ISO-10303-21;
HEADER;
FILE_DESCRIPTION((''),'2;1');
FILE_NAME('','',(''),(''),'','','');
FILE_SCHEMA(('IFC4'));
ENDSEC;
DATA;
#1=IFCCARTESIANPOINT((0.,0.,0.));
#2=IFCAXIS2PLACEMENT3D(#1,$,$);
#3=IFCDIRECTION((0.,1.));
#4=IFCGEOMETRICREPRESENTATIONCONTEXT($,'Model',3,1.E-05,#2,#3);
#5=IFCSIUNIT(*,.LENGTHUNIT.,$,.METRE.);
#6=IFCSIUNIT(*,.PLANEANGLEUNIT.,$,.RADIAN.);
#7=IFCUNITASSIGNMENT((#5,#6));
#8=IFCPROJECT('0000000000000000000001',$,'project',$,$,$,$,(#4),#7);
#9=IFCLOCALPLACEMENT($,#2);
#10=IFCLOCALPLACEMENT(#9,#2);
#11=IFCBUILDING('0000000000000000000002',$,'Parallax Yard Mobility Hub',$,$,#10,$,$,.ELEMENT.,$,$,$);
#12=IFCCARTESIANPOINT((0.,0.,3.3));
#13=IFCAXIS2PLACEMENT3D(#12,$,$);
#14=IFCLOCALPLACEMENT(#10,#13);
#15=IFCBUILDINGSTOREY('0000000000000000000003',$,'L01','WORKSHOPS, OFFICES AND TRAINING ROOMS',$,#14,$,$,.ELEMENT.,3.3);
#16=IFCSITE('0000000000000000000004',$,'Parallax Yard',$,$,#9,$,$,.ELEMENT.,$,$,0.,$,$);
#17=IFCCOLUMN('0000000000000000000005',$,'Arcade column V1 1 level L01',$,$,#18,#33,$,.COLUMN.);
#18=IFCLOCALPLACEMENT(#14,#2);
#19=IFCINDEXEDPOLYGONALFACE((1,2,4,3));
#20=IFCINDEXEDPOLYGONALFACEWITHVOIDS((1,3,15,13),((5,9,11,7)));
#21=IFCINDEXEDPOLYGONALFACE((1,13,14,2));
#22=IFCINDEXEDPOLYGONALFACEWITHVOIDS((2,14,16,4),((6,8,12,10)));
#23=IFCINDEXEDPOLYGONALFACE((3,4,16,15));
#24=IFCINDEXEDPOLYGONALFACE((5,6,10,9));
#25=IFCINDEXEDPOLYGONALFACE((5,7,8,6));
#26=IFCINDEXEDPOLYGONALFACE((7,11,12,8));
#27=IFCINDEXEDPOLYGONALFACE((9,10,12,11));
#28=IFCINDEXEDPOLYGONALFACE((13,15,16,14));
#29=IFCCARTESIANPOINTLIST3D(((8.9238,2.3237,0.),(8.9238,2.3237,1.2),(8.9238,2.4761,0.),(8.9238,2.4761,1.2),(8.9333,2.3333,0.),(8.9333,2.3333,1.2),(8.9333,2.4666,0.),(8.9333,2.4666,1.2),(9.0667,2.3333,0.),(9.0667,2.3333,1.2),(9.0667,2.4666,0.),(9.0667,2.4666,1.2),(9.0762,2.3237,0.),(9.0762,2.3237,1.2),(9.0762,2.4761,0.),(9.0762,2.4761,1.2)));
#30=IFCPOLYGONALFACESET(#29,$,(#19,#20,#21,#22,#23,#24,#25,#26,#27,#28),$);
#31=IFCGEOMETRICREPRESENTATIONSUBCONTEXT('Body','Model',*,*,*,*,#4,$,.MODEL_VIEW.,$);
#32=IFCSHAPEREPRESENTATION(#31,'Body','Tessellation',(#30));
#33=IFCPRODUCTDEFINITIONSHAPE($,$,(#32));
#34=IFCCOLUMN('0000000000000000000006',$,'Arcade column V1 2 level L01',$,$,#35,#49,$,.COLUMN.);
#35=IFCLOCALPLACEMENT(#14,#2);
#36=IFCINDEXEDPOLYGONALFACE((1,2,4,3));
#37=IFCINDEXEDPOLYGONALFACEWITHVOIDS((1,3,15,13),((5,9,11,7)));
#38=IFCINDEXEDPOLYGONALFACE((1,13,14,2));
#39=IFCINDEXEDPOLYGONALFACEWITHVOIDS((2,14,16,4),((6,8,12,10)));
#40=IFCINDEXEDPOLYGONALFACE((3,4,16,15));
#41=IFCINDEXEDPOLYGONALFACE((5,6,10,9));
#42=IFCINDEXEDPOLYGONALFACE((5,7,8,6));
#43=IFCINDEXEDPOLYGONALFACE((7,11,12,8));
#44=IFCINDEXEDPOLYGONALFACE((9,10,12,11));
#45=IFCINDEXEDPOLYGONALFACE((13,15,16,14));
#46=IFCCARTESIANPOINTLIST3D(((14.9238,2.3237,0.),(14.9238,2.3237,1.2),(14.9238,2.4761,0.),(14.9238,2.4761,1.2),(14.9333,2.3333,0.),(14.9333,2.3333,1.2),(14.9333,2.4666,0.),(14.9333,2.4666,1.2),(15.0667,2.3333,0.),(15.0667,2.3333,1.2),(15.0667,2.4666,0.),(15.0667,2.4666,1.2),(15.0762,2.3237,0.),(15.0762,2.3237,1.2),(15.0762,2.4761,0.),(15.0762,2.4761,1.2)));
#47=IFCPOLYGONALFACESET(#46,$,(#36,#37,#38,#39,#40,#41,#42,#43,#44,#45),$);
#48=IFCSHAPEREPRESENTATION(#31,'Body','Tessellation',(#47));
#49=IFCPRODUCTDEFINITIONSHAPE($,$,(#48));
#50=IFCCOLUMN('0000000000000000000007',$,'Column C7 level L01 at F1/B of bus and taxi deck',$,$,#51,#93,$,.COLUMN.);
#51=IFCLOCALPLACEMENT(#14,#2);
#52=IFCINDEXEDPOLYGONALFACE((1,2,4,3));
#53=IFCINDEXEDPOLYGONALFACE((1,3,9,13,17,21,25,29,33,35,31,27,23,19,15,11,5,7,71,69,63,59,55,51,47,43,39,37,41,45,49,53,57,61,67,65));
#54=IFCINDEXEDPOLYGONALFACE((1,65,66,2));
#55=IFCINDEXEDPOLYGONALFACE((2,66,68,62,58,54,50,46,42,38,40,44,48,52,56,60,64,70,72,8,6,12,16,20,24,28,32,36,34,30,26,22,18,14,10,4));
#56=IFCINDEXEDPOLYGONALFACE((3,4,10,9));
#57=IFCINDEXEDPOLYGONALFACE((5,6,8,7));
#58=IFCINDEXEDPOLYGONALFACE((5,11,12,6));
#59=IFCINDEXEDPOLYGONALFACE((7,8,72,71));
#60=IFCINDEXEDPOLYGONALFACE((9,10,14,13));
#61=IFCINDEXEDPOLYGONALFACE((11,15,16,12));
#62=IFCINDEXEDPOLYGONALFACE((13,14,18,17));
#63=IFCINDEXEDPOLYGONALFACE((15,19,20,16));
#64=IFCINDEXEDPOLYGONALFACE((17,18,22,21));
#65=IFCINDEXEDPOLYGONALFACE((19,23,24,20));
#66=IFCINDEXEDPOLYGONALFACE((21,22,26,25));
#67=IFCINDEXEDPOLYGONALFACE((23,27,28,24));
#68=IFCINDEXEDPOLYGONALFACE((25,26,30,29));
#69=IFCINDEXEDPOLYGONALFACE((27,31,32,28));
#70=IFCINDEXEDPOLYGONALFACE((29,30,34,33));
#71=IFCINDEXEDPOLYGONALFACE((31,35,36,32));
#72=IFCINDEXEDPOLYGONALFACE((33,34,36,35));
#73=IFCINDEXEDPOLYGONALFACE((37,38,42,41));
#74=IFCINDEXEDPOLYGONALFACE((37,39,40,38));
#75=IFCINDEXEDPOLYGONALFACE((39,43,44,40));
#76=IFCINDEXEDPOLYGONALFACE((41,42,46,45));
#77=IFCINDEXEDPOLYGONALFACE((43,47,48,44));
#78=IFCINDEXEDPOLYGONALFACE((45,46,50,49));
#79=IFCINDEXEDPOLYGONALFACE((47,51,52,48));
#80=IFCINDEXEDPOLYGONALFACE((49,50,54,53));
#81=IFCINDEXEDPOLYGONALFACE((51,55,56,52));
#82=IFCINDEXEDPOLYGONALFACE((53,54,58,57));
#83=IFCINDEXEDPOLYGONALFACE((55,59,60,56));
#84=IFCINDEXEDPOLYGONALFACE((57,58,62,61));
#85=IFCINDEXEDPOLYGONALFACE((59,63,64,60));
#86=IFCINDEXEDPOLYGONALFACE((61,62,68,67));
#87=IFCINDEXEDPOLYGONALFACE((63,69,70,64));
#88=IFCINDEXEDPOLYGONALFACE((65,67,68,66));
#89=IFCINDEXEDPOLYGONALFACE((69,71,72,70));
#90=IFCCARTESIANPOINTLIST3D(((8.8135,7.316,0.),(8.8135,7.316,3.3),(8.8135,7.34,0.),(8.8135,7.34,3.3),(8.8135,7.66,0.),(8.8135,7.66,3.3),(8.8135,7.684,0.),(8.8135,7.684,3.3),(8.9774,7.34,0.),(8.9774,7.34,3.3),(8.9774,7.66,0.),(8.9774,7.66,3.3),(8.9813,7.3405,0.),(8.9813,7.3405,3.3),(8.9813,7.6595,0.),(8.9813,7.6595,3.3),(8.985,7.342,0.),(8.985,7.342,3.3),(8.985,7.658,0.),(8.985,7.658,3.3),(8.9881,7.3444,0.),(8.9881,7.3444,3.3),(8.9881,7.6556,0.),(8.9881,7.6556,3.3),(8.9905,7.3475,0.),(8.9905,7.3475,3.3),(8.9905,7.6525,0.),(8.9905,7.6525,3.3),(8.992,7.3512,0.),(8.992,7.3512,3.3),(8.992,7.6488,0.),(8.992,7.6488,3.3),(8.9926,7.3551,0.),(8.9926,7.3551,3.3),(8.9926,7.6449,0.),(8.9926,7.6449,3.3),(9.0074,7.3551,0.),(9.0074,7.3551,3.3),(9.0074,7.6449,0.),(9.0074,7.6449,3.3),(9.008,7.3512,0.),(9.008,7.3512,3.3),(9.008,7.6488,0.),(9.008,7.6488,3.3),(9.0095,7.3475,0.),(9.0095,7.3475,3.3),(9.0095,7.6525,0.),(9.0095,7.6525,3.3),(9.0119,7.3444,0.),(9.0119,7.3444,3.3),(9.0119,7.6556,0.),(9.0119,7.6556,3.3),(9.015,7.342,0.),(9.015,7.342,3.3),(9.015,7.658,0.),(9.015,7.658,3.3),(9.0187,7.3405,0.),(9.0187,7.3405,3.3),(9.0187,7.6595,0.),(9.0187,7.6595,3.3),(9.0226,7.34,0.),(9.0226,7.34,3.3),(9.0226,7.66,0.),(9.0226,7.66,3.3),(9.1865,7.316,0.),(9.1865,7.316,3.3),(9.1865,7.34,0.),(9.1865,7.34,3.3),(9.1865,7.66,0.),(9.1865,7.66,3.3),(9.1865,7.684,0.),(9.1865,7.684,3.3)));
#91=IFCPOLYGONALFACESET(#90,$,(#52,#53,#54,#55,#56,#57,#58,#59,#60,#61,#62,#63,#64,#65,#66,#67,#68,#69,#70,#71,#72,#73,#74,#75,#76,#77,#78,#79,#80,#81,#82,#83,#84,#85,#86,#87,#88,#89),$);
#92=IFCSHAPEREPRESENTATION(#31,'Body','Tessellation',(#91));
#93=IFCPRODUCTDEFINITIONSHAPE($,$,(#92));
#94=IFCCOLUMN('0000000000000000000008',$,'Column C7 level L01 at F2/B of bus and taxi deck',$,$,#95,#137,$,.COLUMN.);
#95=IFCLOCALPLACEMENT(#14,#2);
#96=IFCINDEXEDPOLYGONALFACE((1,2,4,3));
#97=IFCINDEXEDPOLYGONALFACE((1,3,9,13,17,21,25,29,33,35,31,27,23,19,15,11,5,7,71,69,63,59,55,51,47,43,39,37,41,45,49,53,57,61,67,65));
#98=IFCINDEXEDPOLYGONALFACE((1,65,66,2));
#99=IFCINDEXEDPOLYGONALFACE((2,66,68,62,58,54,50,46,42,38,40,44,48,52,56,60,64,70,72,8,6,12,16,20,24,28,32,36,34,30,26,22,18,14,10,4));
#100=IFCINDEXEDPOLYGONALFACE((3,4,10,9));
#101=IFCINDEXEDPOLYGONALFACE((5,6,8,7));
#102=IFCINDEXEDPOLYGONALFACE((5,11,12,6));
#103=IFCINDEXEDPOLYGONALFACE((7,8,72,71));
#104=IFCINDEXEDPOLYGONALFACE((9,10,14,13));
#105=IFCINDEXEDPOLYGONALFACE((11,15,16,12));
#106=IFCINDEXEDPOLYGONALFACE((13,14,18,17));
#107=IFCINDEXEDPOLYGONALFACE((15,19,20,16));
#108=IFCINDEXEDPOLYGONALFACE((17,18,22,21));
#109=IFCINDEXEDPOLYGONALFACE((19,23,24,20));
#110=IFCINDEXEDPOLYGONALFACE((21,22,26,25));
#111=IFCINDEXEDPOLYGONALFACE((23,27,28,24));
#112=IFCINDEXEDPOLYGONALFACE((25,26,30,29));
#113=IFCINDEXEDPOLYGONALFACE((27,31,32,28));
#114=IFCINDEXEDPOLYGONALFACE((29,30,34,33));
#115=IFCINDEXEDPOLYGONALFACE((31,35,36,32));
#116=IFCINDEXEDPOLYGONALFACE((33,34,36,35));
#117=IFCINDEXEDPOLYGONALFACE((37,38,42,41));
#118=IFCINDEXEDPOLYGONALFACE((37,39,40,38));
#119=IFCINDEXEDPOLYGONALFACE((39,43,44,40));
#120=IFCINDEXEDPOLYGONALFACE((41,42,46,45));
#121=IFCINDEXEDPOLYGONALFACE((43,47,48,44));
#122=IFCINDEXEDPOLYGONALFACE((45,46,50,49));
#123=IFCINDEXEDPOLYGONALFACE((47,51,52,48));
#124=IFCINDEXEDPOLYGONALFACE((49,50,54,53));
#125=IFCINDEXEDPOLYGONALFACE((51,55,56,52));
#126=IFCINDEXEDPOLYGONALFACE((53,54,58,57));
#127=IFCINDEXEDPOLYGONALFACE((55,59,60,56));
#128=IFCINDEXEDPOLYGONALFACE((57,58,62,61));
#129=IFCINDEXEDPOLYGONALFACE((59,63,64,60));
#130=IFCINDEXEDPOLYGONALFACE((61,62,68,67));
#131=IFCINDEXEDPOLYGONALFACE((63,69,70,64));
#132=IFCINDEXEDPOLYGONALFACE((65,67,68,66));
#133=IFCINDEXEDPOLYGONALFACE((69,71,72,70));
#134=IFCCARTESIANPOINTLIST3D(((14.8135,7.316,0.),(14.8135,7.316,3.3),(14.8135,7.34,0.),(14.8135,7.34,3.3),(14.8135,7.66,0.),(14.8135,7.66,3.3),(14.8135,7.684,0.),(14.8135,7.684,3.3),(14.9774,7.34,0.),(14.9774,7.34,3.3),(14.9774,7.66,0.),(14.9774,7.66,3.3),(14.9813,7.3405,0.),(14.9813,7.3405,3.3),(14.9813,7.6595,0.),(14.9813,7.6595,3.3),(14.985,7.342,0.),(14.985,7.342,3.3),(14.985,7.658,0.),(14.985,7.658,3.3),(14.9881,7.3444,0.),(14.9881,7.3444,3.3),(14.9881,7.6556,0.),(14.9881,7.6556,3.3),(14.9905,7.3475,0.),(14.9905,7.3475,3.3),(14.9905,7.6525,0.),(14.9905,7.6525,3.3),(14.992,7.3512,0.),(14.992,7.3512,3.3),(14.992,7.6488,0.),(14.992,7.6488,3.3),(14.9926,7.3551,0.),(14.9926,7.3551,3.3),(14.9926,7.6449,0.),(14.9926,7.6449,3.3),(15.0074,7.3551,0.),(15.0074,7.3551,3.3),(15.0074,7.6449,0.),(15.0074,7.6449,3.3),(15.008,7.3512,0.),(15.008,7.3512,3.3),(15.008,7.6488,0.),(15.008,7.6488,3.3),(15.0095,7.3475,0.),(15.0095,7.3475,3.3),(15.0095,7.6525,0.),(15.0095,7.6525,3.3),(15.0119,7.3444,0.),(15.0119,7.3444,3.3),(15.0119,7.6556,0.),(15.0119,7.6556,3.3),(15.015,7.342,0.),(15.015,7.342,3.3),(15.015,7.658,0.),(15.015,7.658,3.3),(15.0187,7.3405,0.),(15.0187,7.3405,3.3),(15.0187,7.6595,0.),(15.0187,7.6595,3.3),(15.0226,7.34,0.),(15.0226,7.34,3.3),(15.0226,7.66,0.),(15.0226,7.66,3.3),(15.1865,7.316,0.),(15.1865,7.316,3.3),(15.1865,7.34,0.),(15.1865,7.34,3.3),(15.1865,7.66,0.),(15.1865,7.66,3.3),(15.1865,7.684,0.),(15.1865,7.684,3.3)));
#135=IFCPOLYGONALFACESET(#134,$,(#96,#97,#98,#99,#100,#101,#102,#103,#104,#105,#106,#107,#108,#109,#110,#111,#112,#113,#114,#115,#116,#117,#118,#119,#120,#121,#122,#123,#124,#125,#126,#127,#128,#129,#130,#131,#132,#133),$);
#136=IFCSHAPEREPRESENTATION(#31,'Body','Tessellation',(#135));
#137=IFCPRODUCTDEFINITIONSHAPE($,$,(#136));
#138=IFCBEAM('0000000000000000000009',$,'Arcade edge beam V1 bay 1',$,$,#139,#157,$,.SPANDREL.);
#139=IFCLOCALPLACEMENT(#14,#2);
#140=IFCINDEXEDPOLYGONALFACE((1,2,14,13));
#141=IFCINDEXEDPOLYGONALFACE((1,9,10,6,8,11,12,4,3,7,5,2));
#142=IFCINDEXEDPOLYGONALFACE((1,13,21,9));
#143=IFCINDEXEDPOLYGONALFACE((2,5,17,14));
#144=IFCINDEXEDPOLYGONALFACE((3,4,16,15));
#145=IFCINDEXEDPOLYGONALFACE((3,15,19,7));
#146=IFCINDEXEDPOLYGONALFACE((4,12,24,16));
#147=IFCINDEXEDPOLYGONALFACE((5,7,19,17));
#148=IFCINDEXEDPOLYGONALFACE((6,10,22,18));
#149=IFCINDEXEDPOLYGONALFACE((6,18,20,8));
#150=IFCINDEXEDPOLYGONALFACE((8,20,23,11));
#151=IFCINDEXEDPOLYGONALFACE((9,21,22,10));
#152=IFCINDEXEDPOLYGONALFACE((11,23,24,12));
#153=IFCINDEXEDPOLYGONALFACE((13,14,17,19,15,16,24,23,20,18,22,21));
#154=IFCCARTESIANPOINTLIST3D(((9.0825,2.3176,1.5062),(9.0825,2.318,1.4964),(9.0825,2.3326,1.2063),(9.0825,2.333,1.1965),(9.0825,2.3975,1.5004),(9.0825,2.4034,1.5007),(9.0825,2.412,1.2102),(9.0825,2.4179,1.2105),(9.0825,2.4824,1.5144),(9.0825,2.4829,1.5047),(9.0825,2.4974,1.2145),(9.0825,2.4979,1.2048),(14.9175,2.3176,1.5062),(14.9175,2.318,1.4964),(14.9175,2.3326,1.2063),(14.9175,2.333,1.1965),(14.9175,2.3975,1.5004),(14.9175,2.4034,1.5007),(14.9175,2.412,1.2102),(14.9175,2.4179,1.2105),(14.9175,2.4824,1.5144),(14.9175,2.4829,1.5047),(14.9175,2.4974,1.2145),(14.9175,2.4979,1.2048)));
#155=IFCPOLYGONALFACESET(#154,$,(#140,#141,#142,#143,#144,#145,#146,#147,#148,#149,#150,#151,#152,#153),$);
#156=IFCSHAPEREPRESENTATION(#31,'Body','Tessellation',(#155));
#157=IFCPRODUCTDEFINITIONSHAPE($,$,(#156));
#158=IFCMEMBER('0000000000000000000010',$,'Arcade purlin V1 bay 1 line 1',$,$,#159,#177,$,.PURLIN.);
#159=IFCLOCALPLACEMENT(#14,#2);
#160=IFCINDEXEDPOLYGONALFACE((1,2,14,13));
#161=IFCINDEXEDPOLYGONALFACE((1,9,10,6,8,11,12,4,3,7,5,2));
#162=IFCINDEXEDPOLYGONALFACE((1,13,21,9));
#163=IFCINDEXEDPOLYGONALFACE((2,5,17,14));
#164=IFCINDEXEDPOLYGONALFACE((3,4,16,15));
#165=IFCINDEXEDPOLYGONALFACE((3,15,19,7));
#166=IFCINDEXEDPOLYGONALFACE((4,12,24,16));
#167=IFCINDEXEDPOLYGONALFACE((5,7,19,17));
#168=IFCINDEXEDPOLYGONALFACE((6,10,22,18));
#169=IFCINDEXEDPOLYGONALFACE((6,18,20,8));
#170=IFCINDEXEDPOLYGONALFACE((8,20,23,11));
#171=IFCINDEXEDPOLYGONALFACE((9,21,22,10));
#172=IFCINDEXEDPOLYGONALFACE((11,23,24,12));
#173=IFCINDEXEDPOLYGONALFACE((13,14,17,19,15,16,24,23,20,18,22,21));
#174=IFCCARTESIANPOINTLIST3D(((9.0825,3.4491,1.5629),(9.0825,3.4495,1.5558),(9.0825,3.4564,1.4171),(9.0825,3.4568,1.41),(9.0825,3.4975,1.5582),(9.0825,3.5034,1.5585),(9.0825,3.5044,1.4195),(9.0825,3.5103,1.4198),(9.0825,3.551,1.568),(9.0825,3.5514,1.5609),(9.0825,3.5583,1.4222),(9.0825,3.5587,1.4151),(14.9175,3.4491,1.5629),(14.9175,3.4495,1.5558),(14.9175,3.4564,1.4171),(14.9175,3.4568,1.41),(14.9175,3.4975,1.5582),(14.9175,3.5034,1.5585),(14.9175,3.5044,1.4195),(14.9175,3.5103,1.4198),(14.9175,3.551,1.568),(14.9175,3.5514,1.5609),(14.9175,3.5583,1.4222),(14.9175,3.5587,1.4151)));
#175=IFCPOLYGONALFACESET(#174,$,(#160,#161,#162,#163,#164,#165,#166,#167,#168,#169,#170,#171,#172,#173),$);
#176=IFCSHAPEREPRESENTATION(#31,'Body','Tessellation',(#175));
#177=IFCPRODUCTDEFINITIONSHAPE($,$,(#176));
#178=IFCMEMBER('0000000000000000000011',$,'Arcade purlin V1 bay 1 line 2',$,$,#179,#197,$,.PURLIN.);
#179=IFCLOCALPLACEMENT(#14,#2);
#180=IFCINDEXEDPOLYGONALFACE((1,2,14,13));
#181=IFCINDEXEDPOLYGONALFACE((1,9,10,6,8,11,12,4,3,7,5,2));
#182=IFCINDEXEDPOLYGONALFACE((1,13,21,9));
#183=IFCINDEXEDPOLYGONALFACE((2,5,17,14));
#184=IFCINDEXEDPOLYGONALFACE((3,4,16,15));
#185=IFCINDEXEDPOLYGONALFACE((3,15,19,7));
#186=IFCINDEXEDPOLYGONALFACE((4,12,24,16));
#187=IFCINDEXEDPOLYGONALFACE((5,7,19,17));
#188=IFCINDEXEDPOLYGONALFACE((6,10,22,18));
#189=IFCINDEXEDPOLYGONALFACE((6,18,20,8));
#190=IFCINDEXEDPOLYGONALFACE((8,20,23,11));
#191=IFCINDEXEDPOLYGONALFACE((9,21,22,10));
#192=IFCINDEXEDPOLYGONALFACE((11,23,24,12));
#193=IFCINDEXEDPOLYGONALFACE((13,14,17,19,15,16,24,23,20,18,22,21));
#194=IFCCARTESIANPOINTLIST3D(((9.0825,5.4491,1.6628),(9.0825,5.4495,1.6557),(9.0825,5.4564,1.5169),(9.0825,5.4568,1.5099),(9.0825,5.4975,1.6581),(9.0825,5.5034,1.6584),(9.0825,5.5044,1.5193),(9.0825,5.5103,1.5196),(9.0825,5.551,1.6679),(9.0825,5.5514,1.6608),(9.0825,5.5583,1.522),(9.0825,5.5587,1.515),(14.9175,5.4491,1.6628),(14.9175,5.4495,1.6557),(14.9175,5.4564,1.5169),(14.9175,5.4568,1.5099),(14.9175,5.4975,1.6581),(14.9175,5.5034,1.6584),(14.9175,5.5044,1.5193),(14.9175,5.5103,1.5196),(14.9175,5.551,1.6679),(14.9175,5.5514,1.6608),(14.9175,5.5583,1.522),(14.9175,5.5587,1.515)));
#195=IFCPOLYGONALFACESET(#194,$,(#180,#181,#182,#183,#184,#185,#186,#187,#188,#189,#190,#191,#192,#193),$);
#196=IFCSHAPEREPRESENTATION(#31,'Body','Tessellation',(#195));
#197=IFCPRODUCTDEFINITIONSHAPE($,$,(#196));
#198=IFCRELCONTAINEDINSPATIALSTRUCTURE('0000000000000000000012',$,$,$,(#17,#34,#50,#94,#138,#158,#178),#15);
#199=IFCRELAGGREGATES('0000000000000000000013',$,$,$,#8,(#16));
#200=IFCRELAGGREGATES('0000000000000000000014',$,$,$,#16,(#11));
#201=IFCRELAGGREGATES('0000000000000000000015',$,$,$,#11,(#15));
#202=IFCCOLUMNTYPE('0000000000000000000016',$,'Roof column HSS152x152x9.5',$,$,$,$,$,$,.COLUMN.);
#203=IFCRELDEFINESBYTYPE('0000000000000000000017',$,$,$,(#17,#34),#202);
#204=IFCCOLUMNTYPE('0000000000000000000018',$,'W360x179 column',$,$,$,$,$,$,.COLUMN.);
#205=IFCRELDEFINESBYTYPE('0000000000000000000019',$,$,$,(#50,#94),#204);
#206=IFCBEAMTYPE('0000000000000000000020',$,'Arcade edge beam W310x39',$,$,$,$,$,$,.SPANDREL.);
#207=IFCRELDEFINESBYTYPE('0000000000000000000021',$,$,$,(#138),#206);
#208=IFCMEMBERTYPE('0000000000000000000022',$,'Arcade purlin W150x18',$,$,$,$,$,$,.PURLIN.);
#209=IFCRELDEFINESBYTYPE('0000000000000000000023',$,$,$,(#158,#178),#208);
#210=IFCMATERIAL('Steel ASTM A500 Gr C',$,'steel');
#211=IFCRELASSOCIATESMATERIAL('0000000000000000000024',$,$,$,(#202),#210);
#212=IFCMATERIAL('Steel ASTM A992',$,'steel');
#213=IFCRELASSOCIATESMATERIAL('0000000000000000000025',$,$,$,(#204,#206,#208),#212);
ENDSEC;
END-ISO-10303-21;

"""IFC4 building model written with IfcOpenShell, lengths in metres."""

from ifc_helpers import new_model, si_unit, direction, frame, origin, origin_2d, place, context, subcontext, project, spatial, hollow_rectangle, i_section, extrude, material, material_profile, profile_set, type_object, element, save


model = new_model("IFC4")

# Units and contexts
model_context = context("Model", 3, precision=1e-05, world=origin(), true_north=direction((0.0, 1.0)))
body_context = subcontext(model_context, "Body", "Model", "MODEL_VIEW")
ifc_project = project(units=[si_unit("LENGTHUNIT", "METRE"), si_unit("PLANEANGLEUNIT", "RADIAN")], contexts=[model_context])

# Site, building, storey
site_placement = place(None, origin())
site = spatial("IfcSite", under=ifc_project, at=site_placement, Name="Parallax Yard", CompositionType="ELEMENT", RefElevation=0.0)
building_placement = place(site_placement, origin())
building = spatial("IfcBuilding", under=site, at=building_placement, Name="Parallax Yard Mobility Hub", CompositionType="ELEMENT")
storey_placement = place(building_placement, frame((0.0, 0.0, 3.3)))
storey = spatial("IfcBuildingStorey", under=building, at=storey_placement, Name="L01", Description="WORKSHOPS, OFFICES AND TRAINING ROOMS", CompositionType="ELEMENT", Elevation=3.3)

# Columns
ifc_material_1 = material(Name="Steel ASTM A500 Gr C", Category="steel")
ifc_material_profile_1 = material_profile(ifc_material_1, hollow_rectangle(XDim=0.1523, YDim=0.1523, WallThickness=0.0095, at=origin_2d()), Name="HSS152x152x9.5")
ifc_profile_set_1 = profile_set([ifc_material_profile_1], Name="Steel ASTM A500 Gr C")
column_type_1 = type_object("IfcColumnType", Name="Roof column HSS152x152x9.5", PredefinedType="COLUMN", material=ifc_profile_set_1)
for number, where, z_axis, x_axis, name in (
    (1, (9.0, 2.3999, 0.0), (0.0, 0.0, 1.0), (1.0, 0.0, 0.0), "Arcade column V1 1 level L01"),
    (2, (15.0, 2.3999, 0.0), (0.0, 0.0, 1.0), (1.0, 0.0, 0.0), "Arcade column V1 2 level L01"),
):
    element("IfcColumn", number, at=place(storey_placement, frame(where, z_axis=z_axis, x_axis=x_axis)), inside=storey, type_object=column_type_1, Name=name, PredefinedType="COLUMN", context=body_context, shape_type="SweptSolid", body=[
        extrude(hollow_rectangle(XDim=0.1523, YDim=0.1523, WallThickness=0.0095, at=origin_2d()), origin(), (0.0, 0.0, 1.0), 1.2),
    ])
ifc_material_2 = material(Name="Steel ASTM A992", Category="steel")
ifc_material_profile_2 = material_profile(ifc_material_2, i_section(OverallWidth=0.373, OverallDepth=0.3679, WebThickness=0.0149, FlangeThickness=0.0239, FilletRadius=0.0151, at=origin_2d()), Name="W360x179")
ifc_profile_set_2 = profile_set([ifc_material_profile_2], Name="Steel ASTM A992")
column_type_2 = type_object("IfcColumnType", Name="W360x179 column", PredefinedType="COLUMN", material=ifc_profile_set_2)
for number, where, z_axis, x_axis, name in (
    (3, (9.0, 7.5, 0.0), (0.0, 0.0, 1.0), (1.0, 0.0, 0.0), "Column C7 level L01 at F1/B of bus and taxi deck"),
    (4, (15.0, 7.5, 0.0), (0.0, 0.0, 1.0), (1.0, 0.0, 0.0), "Column C7 level L01 at F2/B of bus and taxi deck"),
):
    element("IfcColumn", number, at=place(storey_placement, frame(where, z_axis=z_axis, x_axis=x_axis)), inside=storey, type_object=column_type_2, Name=name, PredefinedType="COLUMN", context=body_context, shape_type="SweptSolid", body=[
        extrude(i_section(OverallWidth=0.373, OverallDepth=0.3679, WebThickness=0.0149, FlangeThickness=0.0239, FilletRadius=0.0151, at=origin_2d()), origin(), (0.0, 0.0, 1.0), 3.3),
    ])

# Beam
ifc_material_profile_3 = material_profile(ifc_material_2, i_section(OverallWidth=0.165, OverallDepth=0.3101, WebThickness=0.0059, FlangeThickness=0.0098, at=origin_2d()), Name="W310x39")
ifc_profile_set_3 = profile_set([ifc_material_profile_3], Name="Steel ASTM A992")
beam_type = type_object("IfcBeamType", Name="Arcade edge beam W310x39", PredefinedType="SPANDREL", material=ifc_profile_set_3)
beam_placement = place(storey_placement, frame((9.0825, 2.4077, 1.3555), z_axis=(1.0, 0.0, 0.0), x_axis=(0.0, 0.998752, 0.049938)))
element("IfcBeam", 5, at=beam_placement, inside=storey, type_object=beam_type, Name="Arcade edge beam V1 bay 1", PredefinedType="SPANDREL", context=body_context, shape_type="SweptSolid", body=[
    extrude(i_section(OverallWidth=0.165, OverallDepth=0.3101, WebThickness=0.0059, FlangeThickness=0.0098, at=origin_2d()), origin(), (0.0, 0.0, 1.0), 5.835),
])

# Members
ifc_material_profile_4 = material_profile(ifc_material_2, i_section(OverallWidth=0.1021, OverallDepth=0.1531, WebThickness=0.0059, FlangeThickness=0.0071, at=origin_2d()), Name="W150x18")
ifc_profile_set_4 = profile_set([ifc_material_profile_4], Name="Steel ASTM A992")
member_type_1 = type_object("IfcMemberType", Name="Arcade purlin W150x18", PredefinedType="PURLIN", material=ifc_profile_set_4)
for number, where, z_axis, x_axis, name in (
    (6, (9.0825, 3.5039, 1.489), (1.0, 0.0, 0.0), (0.0, 0.998752, 0.049938), "Arcade purlin V1 bay 1 line 1"),
    (7, (9.0825, 5.5039, 1.5889), (1.0, 0.0, 0.0), (0.0, 0.998752, 0.049938), "Arcade purlin V1 bay 1 line 2"),
):
    element("IfcMember", number, at=place(storey_placement, frame(where, z_axis=z_axis, x_axis=x_axis)), inside=storey, type_object=member_type_1, Name=name, PredefinedType="PURLIN", context=body_context, shape_type="SweptSolid", body=[
        extrude(i_section(OverallWidth=0.1021, OverallDepth=0.1531, WebThickness=0.0059, FlangeThickness=0.0071, at=origin_2d()), origin(), (0.0, 0.0, 1.0), 5.835),
    ])

save(model, "model.ifc")
